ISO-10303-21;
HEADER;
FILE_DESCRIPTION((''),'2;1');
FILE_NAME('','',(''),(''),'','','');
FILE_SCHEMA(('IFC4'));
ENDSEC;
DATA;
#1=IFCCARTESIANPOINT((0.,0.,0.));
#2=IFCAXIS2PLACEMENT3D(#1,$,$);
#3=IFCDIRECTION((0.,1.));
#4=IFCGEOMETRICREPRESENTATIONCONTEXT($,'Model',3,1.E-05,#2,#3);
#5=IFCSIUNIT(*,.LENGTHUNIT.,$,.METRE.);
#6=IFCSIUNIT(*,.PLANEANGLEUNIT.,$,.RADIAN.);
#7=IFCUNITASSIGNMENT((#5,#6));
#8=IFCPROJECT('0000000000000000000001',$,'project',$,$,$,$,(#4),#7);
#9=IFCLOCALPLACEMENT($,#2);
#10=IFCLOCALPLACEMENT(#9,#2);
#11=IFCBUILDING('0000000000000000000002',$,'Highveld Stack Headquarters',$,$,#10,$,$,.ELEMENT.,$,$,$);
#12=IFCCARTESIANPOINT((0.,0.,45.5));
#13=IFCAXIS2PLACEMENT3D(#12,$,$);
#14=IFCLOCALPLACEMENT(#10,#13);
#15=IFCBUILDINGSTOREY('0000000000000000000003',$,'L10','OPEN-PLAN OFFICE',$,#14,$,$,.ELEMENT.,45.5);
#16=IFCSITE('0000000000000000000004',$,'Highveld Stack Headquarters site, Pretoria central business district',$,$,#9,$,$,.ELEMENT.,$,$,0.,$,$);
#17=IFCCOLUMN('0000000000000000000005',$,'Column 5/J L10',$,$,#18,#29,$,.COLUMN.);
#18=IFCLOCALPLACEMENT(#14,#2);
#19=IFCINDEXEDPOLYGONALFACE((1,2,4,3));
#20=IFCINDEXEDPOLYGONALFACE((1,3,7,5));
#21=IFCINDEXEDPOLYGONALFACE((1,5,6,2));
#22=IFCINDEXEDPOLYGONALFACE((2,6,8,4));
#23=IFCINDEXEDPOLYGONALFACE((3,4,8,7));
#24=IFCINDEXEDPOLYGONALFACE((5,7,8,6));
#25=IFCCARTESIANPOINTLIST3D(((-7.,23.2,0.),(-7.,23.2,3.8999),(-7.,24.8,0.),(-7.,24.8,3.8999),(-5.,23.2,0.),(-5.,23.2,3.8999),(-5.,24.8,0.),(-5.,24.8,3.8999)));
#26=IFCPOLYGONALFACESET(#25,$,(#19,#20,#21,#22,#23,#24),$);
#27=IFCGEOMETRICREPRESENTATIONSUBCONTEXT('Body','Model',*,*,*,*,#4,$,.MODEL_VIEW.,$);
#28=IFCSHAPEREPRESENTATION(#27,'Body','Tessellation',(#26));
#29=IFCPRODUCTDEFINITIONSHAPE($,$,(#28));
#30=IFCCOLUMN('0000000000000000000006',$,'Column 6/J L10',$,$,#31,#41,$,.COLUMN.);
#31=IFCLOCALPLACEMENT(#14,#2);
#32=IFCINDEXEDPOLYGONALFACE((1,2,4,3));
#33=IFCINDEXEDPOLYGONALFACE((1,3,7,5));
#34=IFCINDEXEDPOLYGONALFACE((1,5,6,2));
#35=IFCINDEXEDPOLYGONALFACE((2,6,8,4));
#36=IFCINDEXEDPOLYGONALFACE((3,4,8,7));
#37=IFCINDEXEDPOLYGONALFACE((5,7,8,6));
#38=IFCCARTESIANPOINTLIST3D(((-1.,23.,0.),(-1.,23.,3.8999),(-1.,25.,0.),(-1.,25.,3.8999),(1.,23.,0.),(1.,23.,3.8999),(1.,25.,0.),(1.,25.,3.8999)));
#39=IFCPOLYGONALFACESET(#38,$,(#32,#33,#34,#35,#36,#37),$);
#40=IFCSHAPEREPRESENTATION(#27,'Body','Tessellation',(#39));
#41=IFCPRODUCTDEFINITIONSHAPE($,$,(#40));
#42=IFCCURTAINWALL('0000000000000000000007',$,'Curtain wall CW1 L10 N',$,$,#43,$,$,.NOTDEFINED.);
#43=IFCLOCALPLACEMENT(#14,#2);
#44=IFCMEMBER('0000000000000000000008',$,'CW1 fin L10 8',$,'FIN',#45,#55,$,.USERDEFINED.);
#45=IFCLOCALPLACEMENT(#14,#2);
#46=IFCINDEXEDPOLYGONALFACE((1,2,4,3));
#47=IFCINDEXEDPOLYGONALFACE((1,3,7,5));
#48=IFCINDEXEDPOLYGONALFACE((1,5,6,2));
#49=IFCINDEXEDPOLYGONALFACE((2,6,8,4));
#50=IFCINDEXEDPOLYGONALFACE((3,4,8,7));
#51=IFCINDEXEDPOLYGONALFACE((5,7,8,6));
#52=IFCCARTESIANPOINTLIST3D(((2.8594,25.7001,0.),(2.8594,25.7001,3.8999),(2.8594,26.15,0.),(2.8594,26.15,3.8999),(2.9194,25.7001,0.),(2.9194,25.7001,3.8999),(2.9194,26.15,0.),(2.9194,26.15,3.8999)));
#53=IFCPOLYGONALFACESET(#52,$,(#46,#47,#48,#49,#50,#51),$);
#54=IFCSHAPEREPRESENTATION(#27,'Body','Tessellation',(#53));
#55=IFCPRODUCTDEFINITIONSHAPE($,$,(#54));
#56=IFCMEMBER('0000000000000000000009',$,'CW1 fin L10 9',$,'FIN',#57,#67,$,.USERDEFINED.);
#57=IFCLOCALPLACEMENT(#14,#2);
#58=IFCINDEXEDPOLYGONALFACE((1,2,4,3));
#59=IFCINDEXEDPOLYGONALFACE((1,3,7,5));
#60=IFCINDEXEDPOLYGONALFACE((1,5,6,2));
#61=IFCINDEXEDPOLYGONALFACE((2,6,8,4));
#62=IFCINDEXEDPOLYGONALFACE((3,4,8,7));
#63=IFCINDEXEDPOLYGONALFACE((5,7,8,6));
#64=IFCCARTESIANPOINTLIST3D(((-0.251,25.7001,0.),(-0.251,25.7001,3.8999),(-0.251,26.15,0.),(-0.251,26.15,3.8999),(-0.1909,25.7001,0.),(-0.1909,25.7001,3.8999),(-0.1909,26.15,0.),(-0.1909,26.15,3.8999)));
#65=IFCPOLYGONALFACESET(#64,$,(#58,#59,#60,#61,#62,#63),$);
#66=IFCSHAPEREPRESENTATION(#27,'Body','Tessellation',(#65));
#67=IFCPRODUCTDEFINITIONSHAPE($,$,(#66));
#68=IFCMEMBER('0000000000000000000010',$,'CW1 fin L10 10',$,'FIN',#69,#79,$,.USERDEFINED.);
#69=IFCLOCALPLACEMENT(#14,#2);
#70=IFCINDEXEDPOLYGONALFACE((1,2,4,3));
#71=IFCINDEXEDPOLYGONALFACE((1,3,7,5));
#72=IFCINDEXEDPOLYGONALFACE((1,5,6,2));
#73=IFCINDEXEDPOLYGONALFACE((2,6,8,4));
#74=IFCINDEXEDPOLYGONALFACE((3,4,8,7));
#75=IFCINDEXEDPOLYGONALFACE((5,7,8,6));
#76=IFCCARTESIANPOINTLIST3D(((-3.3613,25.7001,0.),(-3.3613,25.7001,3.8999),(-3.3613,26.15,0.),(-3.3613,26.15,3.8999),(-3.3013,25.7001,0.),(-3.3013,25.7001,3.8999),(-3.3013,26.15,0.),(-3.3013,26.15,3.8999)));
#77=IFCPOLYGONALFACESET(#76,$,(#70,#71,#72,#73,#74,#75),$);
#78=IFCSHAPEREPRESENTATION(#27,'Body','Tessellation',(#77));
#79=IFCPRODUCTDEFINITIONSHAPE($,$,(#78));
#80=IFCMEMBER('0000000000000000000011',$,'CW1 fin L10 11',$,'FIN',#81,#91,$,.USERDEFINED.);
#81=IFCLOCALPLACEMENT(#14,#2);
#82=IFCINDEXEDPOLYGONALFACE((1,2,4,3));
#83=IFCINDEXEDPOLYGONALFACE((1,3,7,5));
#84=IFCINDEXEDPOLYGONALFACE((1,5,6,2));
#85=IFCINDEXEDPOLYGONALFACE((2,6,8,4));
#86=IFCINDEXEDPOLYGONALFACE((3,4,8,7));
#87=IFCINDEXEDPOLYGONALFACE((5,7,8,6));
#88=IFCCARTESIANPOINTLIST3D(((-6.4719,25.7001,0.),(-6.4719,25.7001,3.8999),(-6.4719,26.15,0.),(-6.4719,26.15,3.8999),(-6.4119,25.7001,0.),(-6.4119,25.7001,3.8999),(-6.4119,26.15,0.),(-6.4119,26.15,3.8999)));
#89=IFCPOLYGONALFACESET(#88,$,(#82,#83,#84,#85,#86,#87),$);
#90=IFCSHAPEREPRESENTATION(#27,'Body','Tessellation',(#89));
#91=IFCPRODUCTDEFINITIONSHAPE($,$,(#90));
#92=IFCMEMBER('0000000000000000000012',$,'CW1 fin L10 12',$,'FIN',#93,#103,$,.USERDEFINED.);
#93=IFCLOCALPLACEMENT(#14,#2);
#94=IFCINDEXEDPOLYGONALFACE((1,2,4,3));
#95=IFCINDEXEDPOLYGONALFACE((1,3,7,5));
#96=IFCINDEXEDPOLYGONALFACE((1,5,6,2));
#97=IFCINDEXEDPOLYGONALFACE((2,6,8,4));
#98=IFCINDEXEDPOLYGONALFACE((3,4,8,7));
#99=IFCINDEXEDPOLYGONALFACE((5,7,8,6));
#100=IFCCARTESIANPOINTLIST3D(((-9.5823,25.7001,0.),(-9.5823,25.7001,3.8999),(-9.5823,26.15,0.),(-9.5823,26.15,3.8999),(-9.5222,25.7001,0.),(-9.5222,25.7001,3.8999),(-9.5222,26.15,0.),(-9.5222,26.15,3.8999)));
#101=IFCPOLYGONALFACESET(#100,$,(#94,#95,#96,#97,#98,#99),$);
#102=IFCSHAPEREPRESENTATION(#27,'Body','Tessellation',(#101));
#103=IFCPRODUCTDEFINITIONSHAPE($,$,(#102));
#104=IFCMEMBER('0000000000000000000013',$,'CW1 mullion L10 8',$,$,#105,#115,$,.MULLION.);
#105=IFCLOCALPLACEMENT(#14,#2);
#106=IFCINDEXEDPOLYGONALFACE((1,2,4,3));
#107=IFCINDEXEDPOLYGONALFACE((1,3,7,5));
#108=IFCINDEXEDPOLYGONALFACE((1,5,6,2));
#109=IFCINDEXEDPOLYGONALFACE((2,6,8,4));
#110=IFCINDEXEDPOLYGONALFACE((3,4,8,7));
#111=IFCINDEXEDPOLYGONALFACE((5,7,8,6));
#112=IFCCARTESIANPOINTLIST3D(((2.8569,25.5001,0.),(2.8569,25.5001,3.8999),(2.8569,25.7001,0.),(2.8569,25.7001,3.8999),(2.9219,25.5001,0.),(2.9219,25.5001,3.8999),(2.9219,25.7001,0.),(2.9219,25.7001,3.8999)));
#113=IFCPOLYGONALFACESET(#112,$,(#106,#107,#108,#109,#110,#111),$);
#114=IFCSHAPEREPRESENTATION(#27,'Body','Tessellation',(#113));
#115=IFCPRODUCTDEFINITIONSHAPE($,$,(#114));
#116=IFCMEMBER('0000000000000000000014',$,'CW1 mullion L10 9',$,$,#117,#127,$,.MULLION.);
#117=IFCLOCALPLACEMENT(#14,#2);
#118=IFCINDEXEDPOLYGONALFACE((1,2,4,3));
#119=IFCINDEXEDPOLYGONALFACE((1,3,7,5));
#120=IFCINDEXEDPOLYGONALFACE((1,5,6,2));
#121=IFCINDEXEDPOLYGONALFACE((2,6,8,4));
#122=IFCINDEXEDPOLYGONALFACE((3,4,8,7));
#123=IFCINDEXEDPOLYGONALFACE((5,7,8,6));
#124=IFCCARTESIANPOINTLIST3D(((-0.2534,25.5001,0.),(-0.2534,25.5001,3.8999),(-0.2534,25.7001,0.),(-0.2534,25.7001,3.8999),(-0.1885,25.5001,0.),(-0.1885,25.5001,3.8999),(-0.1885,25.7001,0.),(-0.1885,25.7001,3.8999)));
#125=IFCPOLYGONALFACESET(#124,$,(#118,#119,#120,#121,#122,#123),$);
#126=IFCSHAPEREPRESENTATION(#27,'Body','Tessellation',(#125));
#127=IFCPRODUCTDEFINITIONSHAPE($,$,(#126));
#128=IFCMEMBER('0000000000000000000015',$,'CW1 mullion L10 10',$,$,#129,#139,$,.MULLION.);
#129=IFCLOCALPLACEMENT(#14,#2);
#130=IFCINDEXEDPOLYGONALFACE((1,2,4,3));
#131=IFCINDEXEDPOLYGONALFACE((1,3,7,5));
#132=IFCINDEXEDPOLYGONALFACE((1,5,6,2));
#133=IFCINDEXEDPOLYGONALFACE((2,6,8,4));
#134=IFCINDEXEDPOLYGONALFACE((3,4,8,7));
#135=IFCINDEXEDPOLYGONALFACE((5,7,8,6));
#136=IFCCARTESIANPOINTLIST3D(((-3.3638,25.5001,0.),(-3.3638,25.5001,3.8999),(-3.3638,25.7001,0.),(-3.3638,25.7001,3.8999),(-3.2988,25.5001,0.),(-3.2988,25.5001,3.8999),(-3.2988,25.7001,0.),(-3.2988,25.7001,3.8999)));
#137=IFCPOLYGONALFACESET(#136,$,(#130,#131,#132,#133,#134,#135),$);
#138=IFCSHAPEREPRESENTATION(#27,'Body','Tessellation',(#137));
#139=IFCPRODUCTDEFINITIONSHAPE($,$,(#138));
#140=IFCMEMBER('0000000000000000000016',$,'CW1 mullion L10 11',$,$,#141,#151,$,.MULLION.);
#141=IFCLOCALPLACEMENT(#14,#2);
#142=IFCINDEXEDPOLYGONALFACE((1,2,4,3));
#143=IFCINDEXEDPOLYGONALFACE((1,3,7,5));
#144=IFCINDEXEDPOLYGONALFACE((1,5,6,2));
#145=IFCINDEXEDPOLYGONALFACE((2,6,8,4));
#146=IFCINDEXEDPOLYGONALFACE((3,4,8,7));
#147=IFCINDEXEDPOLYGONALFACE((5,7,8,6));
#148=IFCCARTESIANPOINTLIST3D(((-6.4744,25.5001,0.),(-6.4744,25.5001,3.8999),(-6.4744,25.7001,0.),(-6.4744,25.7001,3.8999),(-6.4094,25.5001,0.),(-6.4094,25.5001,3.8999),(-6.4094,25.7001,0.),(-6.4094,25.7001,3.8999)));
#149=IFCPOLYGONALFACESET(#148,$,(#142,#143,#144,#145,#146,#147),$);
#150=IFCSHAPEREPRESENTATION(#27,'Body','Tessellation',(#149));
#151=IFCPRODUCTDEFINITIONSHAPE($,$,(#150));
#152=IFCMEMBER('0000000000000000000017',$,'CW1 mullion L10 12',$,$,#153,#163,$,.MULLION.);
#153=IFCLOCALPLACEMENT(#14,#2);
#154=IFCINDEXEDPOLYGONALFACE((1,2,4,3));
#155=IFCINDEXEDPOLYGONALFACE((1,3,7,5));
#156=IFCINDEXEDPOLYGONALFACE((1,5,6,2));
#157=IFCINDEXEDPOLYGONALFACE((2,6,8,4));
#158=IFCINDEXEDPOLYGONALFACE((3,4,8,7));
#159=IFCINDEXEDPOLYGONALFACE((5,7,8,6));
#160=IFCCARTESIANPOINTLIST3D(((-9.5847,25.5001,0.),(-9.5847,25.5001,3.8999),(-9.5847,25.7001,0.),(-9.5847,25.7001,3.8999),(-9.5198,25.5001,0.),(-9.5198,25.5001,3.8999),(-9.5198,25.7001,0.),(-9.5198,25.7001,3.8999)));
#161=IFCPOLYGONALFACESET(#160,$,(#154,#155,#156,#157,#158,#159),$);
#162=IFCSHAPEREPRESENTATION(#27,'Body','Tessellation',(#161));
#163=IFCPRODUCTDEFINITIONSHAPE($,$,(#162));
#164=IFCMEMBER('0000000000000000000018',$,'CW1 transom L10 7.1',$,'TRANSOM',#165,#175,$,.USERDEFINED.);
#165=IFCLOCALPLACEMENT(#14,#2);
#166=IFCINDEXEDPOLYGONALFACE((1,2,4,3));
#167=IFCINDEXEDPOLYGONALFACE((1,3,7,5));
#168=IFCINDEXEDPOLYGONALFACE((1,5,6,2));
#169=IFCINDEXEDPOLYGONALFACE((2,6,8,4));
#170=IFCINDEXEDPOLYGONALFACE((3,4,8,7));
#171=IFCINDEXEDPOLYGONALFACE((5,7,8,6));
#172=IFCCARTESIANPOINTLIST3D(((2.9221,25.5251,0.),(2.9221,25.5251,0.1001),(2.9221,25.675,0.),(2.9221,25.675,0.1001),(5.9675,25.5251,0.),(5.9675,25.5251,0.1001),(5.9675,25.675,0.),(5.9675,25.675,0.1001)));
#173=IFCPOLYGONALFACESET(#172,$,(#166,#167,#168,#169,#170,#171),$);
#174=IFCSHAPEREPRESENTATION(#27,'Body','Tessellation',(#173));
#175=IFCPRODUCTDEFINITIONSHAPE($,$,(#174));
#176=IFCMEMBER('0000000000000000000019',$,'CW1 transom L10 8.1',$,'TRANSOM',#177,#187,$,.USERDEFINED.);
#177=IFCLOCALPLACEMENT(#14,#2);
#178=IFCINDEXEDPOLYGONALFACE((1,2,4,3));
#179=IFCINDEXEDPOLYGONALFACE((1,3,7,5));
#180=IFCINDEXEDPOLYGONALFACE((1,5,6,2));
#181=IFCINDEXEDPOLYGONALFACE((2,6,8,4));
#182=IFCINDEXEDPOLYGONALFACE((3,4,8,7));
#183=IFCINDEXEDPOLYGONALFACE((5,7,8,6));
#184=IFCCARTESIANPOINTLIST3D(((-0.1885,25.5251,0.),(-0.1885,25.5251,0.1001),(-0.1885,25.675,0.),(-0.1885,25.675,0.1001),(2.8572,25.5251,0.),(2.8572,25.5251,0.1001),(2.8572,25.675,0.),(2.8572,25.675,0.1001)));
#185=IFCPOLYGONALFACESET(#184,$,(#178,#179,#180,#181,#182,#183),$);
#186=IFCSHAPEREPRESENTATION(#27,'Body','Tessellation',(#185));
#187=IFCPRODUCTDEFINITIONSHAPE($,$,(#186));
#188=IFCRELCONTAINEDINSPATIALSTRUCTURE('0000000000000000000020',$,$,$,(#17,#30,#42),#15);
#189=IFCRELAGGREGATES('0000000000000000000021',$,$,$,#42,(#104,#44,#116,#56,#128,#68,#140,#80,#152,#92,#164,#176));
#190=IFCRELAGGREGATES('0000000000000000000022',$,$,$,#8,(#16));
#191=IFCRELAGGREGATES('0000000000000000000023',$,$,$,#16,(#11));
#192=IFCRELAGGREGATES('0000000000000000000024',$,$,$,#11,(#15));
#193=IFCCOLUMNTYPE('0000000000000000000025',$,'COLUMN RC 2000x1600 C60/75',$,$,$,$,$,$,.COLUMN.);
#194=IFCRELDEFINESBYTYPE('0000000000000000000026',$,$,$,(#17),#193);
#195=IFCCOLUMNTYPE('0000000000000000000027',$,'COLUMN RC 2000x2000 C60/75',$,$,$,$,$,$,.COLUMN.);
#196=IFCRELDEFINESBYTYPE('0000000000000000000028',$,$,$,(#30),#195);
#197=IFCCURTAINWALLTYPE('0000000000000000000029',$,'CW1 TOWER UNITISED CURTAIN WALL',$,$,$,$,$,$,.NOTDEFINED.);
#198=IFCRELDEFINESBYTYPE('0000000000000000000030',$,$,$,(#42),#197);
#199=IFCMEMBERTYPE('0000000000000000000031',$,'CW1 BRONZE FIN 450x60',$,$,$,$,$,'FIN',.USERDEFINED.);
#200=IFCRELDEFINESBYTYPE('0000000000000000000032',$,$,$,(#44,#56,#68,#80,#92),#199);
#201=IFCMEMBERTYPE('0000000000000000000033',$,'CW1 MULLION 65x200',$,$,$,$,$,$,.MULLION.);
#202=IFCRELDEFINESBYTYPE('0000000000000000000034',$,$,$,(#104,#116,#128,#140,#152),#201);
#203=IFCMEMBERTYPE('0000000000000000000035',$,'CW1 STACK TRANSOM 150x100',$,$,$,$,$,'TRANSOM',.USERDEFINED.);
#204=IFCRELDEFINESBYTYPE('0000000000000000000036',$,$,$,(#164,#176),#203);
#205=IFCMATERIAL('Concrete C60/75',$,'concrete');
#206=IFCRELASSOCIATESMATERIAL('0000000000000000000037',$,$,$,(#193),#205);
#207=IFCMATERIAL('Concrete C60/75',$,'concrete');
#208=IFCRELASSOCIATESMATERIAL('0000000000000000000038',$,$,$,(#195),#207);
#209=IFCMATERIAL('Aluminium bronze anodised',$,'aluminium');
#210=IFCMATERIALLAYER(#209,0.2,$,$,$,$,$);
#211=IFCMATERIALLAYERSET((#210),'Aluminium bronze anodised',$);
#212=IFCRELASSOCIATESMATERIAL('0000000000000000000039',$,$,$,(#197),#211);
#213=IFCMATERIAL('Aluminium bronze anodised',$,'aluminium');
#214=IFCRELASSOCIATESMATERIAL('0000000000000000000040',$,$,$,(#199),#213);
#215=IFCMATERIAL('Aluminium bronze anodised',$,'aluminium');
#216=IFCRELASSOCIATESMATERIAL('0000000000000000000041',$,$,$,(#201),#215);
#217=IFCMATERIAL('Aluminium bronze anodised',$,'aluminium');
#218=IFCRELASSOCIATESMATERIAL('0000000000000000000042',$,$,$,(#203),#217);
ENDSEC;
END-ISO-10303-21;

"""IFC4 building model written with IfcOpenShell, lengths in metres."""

from ifc_helpers import new_model, si_unit, direction, frame, origin, origin_2d, place, context, subcontext, project, spatial, rectangle, extrude, material, layer, layer_set, material_profile, profile_set, type_object, element, aggregate, save


model = new_model("IFC4")

# Units and contexts
model_context = context("Model", 3, precision=1e-05, world=origin(), true_north=direction((0.0, 1.0)))
body_context = subcontext(model_context, "Body", "Model", "MODEL_VIEW")
ifc_project = project(units=[si_unit("LENGTHUNIT", "METRE"), si_unit("PLANEANGLEUNIT", "RADIAN")], contexts=[model_context])

# Site, building, storey
site_placement = place(None, origin())
site = spatial("IfcSite", under=ifc_project, at=site_placement, Name="Highveld Stack Headquarters site, Pretoria central business district", CompositionType="ELEMENT", RefElevation=0.0)
building_placement = place(site_placement, origin())
building = spatial("IfcBuilding", under=site, at=building_placement, Name="Highveld Stack Headquarters", CompositionType="ELEMENT")
storey_placement = place(building_placement, frame((0.0, 0.0, 45.5)))
storey = spatial("IfcBuildingStorey", under=building, at=storey_placement, Name="L10", Description="OPEN-PLAN OFFICE", CompositionType="ELEMENT", Elevation=45.5)

# Columns
ifc_material_1 = material(Name="Concrete C60/75", Category="concrete")
ifc_material_profile_1 = material_profile(ifc_material_1, rectangle(XDim=2.0, YDim=1.6001, at=origin_2d()), Name="RC 2000x1600")
ifc_profile_set_1 = profile_set([ifc_material_profile_1], Name="Concrete C60/75")
column_type_1 = type_object("IfcColumnType", Name="COLUMN RC 2000x1600 C60/75", PredefinedType="COLUMN", material=ifc_profile_set_1)
column_1_placement = place(storey_placement, frame((-6.0, 24.0, 0.0), z_axis=(0.0, 0.0, 1.0), x_axis=(1.0, 0.0, 0.0)))
element("IfcColumn", 1, at=column_1_placement, inside=storey, type_object=column_type_1, Name="Column 5/J L10", PredefinedType="COLUMN", context=body_context, shape_type="SweptSolid", body=[
    extrude(rectangle(XDim=2.0, YDim=1.6001, at=origin_2d()), origin(), (0.0, 0.0, 1.0), 3.8999),
])
ifc_material_2 = material(Name="Concrete C60/75", Category="concrete")
ifc_material_profile_2 = material_profile(ifc_material_2, rectangle(XDim=2.0, YDim=2.0, at=origin_2d()), Name="RC 2000x2000")
ifc_profile_set_2 = profile_set([ifc_material_profile_2], Name="Concrete C60/75")
column_type_2 = type_object("IfcColumnType", Name="COLUMN RC 2000x2000 C60/75", PredefinedType="COLUMN", material=ifc_profile_set_2)
column_2_placement = place(storey_placement, frame((0.0, 24.0, 0.0), z_axis=(0.0, 0.0, 1.0), x_axis=(1.0, 0.0, 0.0)))
element("IfcColumn", 2, at=column_2_placement, inside=storey, type_object=column_type_2, Name="Column 6/J L10", PredefinedType="COLUMN", context=body_context, shape_type="SweptSolid", body=[
    extrude(rectangle(XDim=2.0, YDim=2.0, at=origin_2d()), origin(), (0.0, 0.0, 1.0), 3.8999),
])

# Curtain wall, members
ifc_material_3 = material(Name="Aluminium bronze anodised", Category="aluminium")
ifc_layer_1 = layer(ifc_material_3, 0.2)
ifc_layer_set_1 = layer_set([ifc_layer_1], Name="Aluminium bronze anodised")
curtain_wall_type = type_object("IfcCurtainWallType", Name="CW1 TOWER UNITISED CURTAIN WALL", PredefinedType="NOTDEFINED", material=ifc_layer_set_1)
curtain_wall_placement = place(storey_placement, origin())
curtain_wall = element("IfcCurtainWall", 3, at=curtain_wall_placement, inside=storey, type_object=curtain_wall_type, Name="Curtain wall CW1 L10 N", PredefinedType="NOTDEFINED")
ifc_material_4 = material(Name="Aluminium bronze anodised", Category="aluminium")
ifc_material_profile_3 = material_profile(ifc_material_4, rectangle(XDim=0.45, YDim=0.0601, at=origin_2d()), Name="FIN 450x60")
ifc_profile_set_3 = profile_set([ifc_material_profile_3], Name="Aluminium bronze anodised")
member_type_1 = type_object("IfcMemberType", Name="CW1 BRONZE FIN 450x60", ElementType="FIN", PredefinedType="USERDEFINED", material=ifc_profile_set_3)
member_1_placement = place(storey_placement, frame((2.8894, 25.925, 0.0), z_axis=(0.0, 0.0, 1.0), x_axis=(0.0, -1.0, 0.0)))
member_1 = element("IfcMember", 4, at=member_1_placement, type_object=member_type_1, Name="CW1 fin L10 8", ObjectType="FIN", PredefinedType="USERDEFINED", context=body_context, shape_type="SweptSolid", body=[
    extrude(rectangle(XDim=0.45, YDim=0.0601, at=origin_2d()), origin(), (0.0, 0.0, 1.0), 3.8999),
])
member_2_placement = place(storey_placement, frame((-0.2209, 25.925, 0.0), z_axis=(0.0, 0.0, 1.0), x_axis=(0.0, -1.0, 0.0)))
member_2 = element("IfcMember", 5, at=member_2_placement, type_object=member_type_1, Name="CW1 fin L10 9", ObjectType="FIN", PredefinedType="USERDEFINED", context=body_context, shape_type="SweptSolid", body=[
    extrude(rectangle(XDim=0.45, YDim=0.0601, at=origin_2d()), origin(), (0.0, 0.0, 1.0), 3.8999),
])
member_3_placement = place(storey_placement, frame((-3.3313, 25.925, 0.0), z_axis=(0.0, 0.0, 1.0), x_axis=(0.0, -1.0, 0.0)))
member_3 = element("IfcMember", 6, at=member_3_placement, type_object=member_type_1, Name="CW1 fin L10 10", ObjectType="FIN", PredefinedType="USERDEFINED", context=body_context, shape_type="SweptSolid", body=[
    extrude(rectangle(XDim=0.45, YDim=0.0601, at=origin_2d()), origin(), (0.0, 0.0, 1.0), 3.8999),
])
member_4_placement = place(storey_placement, frame((-6.4419, 25.925, 0.0), z_axis=(0.0, 0.0, 1.0), x_axis=(0.0, -1.0, 0.0)))
member_4 = element("IfcMember", 7, at=member_4_placement, type_object=member_type_1, Name="CW1 fin L10 11", ObjectType="FIN", PredefinedType="USERDEFINED", context=body_context, shape_type="SweptSolid", body=[
    extrude(rectangle(XDim=0.45, YDim=0.0601, at=origin_2d()), origin(), (0.0, 0.0, 1.0), 3.8999),
])
member_5_placement = place(storey_placement, frame((-9.5522, 25.925, 0.0), z_axis=(0.0, 0.0, 1.0), x_axis=(0.0, -1.0, 0.0)))
member_5 = element("IfcMember", 8, at=member_5_placement, type_object=member_type_1, Name="CW1 fin L10 12", ObjectType="FIN", PredefinedType="USERDEFINED", context=body_context, shape_type="SweptSolid", body=[
    extrude(rectangle(XDim=0.45, YDim=0.0601, at=origin_2d()), origin(), (0.0, 0.0, 1.0), 3.8999),
])
ifc_material_5 = material(Name="Aluminium bronze anodised", Category="aluminium")
ifc_material_profile_4 = material_profile(ifc_material_5, rectangle(XDim=0.2, YDim=0.0649, at=origin_2d()), Name="CW1 MULLION 65x200")
ifc_profile_set_4 = profile_set([ifc_material_profile_4], Name="Aluminium bronze anodised")
member_type_2 = type_object("IfcMemberType", Name="CW1 MULLION 65x200", PredefinedType="MULLION", material=ifc_profile_set_4)
member_6_placement = place(storey_placement, frame((2.8894, 25.6001, 0.0), z_axis=(0.0, 0.0, 1.0), x_axis=(0.0, -1.0, 0.0)))
member_6 = element("IfcMember", 9, at=member_6_placement, type_object=member_type_2, Name="CW1 mullion L10 8", PredefinedType="MULLION", context=body_context, shape_type="SweptSolid", body=[
    extrude(rectangle(XDim=0.2, YDim=0.0649, at=origin_2d()), origin(), (0.0, 0.0, 1.0), 3.8999),
])
member_7_placement = place(storey_placement, frame((-0.2209, 25.6001, 0.0), z_axis=(0.0, 0.0, 1.0), x_axis=(0.0, -1.0, 0.0)))
member_7 = element("IfcMember", 10, at=member_7_placement, type_object=member_type_2, Name="CW1 mullion L10 9", PredefinedType="MULLION", context=body_context, shape_type="SweptSolid", body=[
    extrude(rectangle(XDim=0.2, YDim=0.0649, at=origin_2d()), origin(), (0.0, 0.0, 1.0), 3.8999),
])
member_8_placement = place(storey_placement, frame((-3.3313, 25.6001, 0.0), z_axis=(0.0, 0.0, 1.0), x_axis=(0.0, -1.0, 0.0)))
member_8 = element("IfcMember", 11, at=member_8_placement, type_object=member_type_2, Name="CW1 mullion L10 10", PredefinedType="MULLION", context=body_context, shape_type="SweptSolid", body=[
    extrude(rectangle(XDim=0.2, YDim=0.0649, at=origin_2d()), origin(), (0.0, 0.0, 1.0), 3.8999),
])
member_9_placement = place(storey_placement, frame((-6.4419, 25.6001, 0.0), z_axis=(0.0, 0.0, 1.0), x_axis=(0.0, -1.0, 0.0)))
member_9 = element("IfcMember", 12, at=member_9_placement, type_object=member_type_2, Name="CW1 mullion L10 11", PredefinedType="MULLION", context=body_context, shape_type="SweptSolid", body=[
    extrude(rectangle(XDim=0.2, YDim=0.0649, at=origin_2d()), origin(), (0.0, 0.0, 1.0), 3.8999),
])
member_10_placement = place(storey_placement, frame((-9.5522, 25.6001, 0.0), z_axis=(0.0, 0.0, 1.0), x_axis=(0.0, -1.0, 0.0)))
member_10 = element("IfcMember", 13, at=member_10_placement, type_object=member_type_2, Name="CW1 mullion L10 12", PredefinedType="MULLION", context=body_context, shape_type="SweptSolid", body=[
    extrude(rectangle(XDim=0.2, YDim=0.0649, at=origin_2d()), origin(), (0.0, 0.0, 1.0), 3.8999),
])
ifc_material_6 = material(Name="Aluminium bronze anodised", Category="aluminium")
ifc_material_profile_5 = material_profile(ifc_material_6, rectangle(XDim=0.1499, YDim=0.1001, at=origin_2d()), Name="CW1 TRANSOM 150x100")
ifc_profile_set_5 = profile_set([ifc_material_profile_5], Name="Aluminium bronze anodised")
member_type_3 = type_object("IfcMemberType", Name="CW1 STACK TRANSOM 150x100", ElementType="TRANSOM", PredefinedType="USERDEFINED", material=ifc_profile_set_5)
member_11_placement = place(storey_placement, frame((5.9675, 25.6001, 0.05), z_axis=(-1.0, 0.0, 0.0), x_axis=(0.0, -1.0, 0.0)))
member_11 = element("IfcMember", 14, at=member_11_placement, type_object=member_type_3, Name="CW1 transom L10 7.1", ObjectType="TRANSOM", PredefinedType="USERDEFINED", context=body_context, shape_type="SweptSolid", body=[
    extrude(rectangle(XDim=0.1499, YDim=0.1001, at=origin_2d()), origin(), (0.0, 0.0, 1.0), 3.0454),
])
member_12_placement = place(storey_placement, frame((2.8572, 25.6001, 0.05), z_axis=(-1.0, 0.0, 0.0), x_axis=(0.0, -1.0, 0.0)))
member_12 = element("IfcMember", 15, at=member_12_placement, type_object=member_type_3, Name="CW1 transom L10 8.1", ObjectType="TRANSOM", PredefinedType="USERDEFINED", context=body_context, shape_type="SweptSolid", body=[
    extrude(rectangle(XDim=0.1499, YDim=0.1001, at=origin_2d()), origin(), (0.0, 0.0, 1.0), 3.0457),
])
aggregate(curtain_wall, [member_6, member_1, member_7, member_2, member_8, member_3, member_9, member_4, member_10, member_5, member_11, member_12])

save(model, "model.ifc")
